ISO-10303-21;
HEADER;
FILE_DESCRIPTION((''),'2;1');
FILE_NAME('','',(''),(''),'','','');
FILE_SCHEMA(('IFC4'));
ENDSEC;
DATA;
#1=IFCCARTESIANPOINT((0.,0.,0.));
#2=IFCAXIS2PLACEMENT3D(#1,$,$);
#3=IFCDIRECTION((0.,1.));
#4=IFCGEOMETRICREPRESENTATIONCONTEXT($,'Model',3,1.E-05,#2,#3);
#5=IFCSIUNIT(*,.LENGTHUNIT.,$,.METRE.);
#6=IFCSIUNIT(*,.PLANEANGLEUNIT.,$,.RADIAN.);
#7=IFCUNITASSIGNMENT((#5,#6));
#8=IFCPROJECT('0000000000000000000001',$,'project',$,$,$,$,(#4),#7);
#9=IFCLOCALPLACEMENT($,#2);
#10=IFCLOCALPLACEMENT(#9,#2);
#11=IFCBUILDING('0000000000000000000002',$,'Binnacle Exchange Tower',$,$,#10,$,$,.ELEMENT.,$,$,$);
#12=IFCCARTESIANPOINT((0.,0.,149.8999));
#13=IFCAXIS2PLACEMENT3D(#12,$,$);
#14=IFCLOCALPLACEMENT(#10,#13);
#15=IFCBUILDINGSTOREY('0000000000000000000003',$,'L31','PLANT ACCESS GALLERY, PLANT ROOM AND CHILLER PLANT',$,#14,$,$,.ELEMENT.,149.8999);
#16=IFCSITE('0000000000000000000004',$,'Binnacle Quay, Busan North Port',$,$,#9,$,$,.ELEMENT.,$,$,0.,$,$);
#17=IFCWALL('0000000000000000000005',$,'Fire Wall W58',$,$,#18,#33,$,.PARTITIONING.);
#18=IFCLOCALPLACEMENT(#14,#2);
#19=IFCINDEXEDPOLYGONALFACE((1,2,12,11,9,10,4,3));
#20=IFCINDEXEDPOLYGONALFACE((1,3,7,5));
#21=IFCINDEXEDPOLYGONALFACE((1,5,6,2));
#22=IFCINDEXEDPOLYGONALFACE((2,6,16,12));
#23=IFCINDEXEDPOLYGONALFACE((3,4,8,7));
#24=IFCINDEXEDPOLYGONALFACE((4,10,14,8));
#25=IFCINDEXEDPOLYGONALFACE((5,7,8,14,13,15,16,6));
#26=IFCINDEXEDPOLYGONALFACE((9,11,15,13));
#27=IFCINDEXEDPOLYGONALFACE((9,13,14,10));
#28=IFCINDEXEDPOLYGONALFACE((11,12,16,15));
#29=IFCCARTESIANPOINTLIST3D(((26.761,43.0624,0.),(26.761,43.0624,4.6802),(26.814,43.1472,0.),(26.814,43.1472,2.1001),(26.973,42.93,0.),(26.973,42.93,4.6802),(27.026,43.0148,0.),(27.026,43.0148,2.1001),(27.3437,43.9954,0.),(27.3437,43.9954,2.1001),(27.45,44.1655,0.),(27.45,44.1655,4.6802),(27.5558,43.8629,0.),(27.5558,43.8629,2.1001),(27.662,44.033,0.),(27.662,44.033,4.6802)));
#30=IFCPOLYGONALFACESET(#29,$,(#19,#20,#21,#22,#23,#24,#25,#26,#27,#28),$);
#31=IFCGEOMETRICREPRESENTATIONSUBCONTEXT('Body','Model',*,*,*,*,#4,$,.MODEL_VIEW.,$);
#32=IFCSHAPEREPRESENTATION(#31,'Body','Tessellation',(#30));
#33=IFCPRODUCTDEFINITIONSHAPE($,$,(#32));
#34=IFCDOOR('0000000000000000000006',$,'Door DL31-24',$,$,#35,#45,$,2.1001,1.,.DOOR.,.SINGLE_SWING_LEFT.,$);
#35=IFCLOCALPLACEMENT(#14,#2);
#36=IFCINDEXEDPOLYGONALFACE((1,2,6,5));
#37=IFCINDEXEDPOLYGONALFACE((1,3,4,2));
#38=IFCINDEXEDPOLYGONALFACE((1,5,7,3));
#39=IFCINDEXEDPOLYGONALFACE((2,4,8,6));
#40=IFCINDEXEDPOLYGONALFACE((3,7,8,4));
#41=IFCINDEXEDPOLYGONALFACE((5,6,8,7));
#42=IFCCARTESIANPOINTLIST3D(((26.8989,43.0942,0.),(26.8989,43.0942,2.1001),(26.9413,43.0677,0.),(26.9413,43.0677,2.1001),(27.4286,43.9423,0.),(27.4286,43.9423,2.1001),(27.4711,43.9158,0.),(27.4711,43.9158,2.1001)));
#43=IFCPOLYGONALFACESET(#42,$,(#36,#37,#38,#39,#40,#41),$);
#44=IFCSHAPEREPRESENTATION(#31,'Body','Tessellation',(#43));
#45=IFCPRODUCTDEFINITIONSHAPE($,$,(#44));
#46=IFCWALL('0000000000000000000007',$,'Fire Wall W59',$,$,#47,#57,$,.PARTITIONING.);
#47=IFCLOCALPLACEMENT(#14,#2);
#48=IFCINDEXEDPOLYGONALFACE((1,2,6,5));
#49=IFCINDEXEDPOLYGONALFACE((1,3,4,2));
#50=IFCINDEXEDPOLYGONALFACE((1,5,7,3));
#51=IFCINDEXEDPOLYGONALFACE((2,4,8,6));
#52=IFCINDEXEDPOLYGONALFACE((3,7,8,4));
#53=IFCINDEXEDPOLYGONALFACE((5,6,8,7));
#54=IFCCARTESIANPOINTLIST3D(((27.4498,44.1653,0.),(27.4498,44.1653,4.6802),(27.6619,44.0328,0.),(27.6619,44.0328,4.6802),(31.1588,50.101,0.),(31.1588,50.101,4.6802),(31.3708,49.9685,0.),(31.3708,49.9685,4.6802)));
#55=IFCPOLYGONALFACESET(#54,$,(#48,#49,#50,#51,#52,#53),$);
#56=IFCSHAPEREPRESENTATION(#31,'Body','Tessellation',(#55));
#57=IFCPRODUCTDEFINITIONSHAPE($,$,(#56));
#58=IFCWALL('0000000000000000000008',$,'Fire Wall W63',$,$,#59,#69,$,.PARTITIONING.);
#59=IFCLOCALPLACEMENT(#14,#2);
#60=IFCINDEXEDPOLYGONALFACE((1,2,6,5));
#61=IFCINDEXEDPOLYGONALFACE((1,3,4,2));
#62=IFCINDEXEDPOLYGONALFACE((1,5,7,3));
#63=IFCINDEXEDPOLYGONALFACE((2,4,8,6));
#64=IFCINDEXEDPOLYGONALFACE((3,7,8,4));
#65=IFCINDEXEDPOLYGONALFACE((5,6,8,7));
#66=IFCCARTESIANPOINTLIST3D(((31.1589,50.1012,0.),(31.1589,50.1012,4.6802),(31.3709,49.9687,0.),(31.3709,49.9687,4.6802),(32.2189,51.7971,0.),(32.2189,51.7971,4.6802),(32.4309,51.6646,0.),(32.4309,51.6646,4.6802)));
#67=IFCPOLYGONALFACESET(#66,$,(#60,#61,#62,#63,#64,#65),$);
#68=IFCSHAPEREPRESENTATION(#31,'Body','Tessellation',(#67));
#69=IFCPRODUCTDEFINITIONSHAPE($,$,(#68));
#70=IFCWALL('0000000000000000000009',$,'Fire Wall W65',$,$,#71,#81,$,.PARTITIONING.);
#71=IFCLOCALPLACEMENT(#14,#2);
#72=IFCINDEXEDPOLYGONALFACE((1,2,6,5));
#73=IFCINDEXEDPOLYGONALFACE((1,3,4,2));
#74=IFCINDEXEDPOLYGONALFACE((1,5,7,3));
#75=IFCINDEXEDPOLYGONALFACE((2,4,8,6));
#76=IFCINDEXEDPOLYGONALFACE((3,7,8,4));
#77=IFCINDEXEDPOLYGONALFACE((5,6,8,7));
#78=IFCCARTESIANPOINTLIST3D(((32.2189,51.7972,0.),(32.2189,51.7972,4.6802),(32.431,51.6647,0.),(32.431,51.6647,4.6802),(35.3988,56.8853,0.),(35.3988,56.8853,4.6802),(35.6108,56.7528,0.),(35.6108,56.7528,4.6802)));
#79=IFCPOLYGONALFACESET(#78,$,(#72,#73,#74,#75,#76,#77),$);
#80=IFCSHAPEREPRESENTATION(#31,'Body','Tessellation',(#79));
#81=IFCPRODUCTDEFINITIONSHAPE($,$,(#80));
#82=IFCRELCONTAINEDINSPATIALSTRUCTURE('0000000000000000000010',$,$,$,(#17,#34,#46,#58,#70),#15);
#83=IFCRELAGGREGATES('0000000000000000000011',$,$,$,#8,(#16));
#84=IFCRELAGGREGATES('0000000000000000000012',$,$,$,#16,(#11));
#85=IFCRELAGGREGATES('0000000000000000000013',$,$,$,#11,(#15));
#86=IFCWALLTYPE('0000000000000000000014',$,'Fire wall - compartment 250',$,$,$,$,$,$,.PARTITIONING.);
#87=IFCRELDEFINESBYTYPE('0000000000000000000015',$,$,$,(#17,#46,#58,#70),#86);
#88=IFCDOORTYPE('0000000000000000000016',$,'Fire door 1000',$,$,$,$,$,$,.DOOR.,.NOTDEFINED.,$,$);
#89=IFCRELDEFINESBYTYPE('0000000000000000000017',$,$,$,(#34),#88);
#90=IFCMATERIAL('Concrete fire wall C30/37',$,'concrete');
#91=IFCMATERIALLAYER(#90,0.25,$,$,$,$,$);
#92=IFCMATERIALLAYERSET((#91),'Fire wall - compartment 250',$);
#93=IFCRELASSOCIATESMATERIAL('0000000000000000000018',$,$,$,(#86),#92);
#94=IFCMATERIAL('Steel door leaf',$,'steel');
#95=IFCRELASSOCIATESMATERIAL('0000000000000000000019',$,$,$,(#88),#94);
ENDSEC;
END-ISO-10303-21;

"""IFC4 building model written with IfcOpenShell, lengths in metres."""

from ifc_helpers import new_model, si_unit, direction, frame, frame_2d, origin, place, context, subcontext, project, spatial, rectangle, extrude, material, layer, layer_set, type_object, element, fill, save


model = new_model("IFC4")

# Units and contexts
model_context = context("Model", 3, precision=1e-05, world=origin(), true_north=direction((0.0, 1.0)))
body_context = subcontext(model_context, "Body", "Model", "MODEL_VIEW")
ifc_project = project(units=[si_unit("LENGTHUNIT", "METRE"), si_unit("PLANEANGLEUNIT", "RADIAN")], contexts=[model_context])

# Site, building, storey
site_placement = place(None, origin())
site = spatial("IfcSite", under=ifc_project, at=site_placement, Name="Binnacle Quay, Busan North Port", CompositionType="ELEMENT", RefElevation=0.0)
building_placement = place(site_placement, origin())
building = spatial("IfcBuilding", under=site, at=building_placement, Name="Binnacle Exchange Tower", CompositionType="ELEMENT")
storey_placement = place(building_placement, frame((0.0, 0.0, 149.8999)))
storey = spatial("IfcBuildingStorey", under=building, at=storey_placement, Name="L31", Description="PLANT ACCESS GALLERY, PLANT ROOM AND CHILLER PLANT", CompositionType="ELEMENT", Elevation=149.8999)

# Shared definitions
ifc_material_1 = material(Name="Steel door leaf", Category="steel")

# Wall, opening, door
ifc_material_2 = material(Name="Concrete fire wall C30/37", Category="concrete")
ifc_layer_1 = layer(ifc_material_2, 0.25)
ifc_layer_set_1 = layer_set([ifc_layer_1], Name="Fire wall - compartment 250")
wall_type_1 = type_object("IfcWallType", Name="Fire wall - compartment 250", PredefinedType="PARTITIONING", material=ifc_layer_set_1)
wall_1_placement = place(storey_placement, frame((26.8669, 42.9961, 0.0), z_axis=(0.0, 0.0, 1.0), x_axis=(0.529763, 0.848146, 0.0)))
wall_1 = element("IfcWall", 1, at=wall_1_placement, inside=storey, type_object=wall_type_1, Name="Fire Wall W58", PredefinedType="PARTITIONING", context=body_context, shape_type="SweptSolid", body=[
    extrude(rectangle(XDim=1.3005, YDim=0.25, at=frame_2d((0.6504, 0.0))), origin(), (0.0, 0.0, 1.0), 4.6802),
])
opening_1_placement = place(wall_1_placement, frame((0.1001, 0.0, 0.0)))
opening_1 = element("IfcOpeningElement", 2, at=opening_1_placement, cuts=wall_1, PredefinedType="OPENING", context=body_context, shape_type="SweptSolid", body=[
    extrude(rectangle(XDim=1.0, YDim=2.1001, at=frame_2d((0.5, 1.05))), frame((0.0, 0.135, 0.0), z_axis=(0.0, -1.0, 0.0), x_axis=(1.0, 0.0, 0.0)), (0.0, 0.0, 1.0), 0.27),
])
door_type_1 = type_object("IfcDoorType", Name="Fire door 1000", OperationType="NOTDEFINED", PredefinedType="DOOR", material=ifc_material_1)
door_1_placement = place(opening_1_placement, origin())
door_1 = element("IfcDoor", 3, at=door_1_placement, inside=storey, type_object=door_type_1, Name="Door DL31-24", OperationType="SINGLE_SWING_LEFT", OverallHeight=2.1001, OverallWidth=1.0, PredefinedType="DOOR", context=body_context, shape_type="SweptSolid", body=[
    extrude(rectangle(XDim=1.0, YDim=2.1001, at=frame_2d((0.5, 1.05))), frame((0.0, 0.0249, 0.0), z_axis=(0.0, -1.0, 0.0), x_axis=(1.0, 0.0, 0.0)), (0.0, 0.0, 1.0), 0.05),
])
fill(opening_1, door_1)

# Walls
wall_2_placement = place(storey_placement, frame((27.5559, 44.0991, 0.0), z_axis=(0.0, 0.0, 1.0), x_axis=(0.529908, 0.848055, 0.0)))
element("IfcWall", 4, at=wall_2_placement, inside=storey, type_object=wall_type_1, Name="Fire Wall W59", PredefinedType="PARTITIONING", context=body_context, shape_type="SweptSolid", body=[
    extrude(rectangle(XDim=6.9993, YDim=0.25, at=frame_2d((3.4995, 0.0))), origin(), (0.0, 0.0, 1.0), 4.6802),
])
wall_3_placement = place(storey_placement, frame((31.2649, 50.0349, 0.0), z_axis=(0.0, 0.0, 1.0), x_axis=(0.53001, 0.847991, 0.0)))
element("IfcWall", 5, at=wall_3_placement, inside=storey, type_object=wall_type_1, Name="Fire Wall W63", PredefinedType="PARTITIONING", context=body_context, shape_type="SweptSolid", body=[
    extrude(rectangle(XDim=2.0, YDim=0.25, at=frame_2d((1.0, 0.0))), origin(), (0.0, 0.0, 1.0), 4.6802),
])
wall_4_placement = place(storey_placement, frame((32.325, 51.731, 0.0), z_axis=(0.0, 0.0, 1.0), x_axis=(0.529981, 0.84801, 0.0)))
element("IfcWall", 6, at=wall_4_placement, inside=storey, type_object=wall_type_1, Name="Fire Wall W65", PredefinedType="PARTITIONING", context=body_context, shape_type="SweptSolid", body=[
    extrude(rectangle(XDim=6.0, YDim=0.25, at=frame_2d((3.0, 0.0))), origin(), (0.0, 0.0, 1.0), 4.6802),
])

save(model, "model.ifc")
